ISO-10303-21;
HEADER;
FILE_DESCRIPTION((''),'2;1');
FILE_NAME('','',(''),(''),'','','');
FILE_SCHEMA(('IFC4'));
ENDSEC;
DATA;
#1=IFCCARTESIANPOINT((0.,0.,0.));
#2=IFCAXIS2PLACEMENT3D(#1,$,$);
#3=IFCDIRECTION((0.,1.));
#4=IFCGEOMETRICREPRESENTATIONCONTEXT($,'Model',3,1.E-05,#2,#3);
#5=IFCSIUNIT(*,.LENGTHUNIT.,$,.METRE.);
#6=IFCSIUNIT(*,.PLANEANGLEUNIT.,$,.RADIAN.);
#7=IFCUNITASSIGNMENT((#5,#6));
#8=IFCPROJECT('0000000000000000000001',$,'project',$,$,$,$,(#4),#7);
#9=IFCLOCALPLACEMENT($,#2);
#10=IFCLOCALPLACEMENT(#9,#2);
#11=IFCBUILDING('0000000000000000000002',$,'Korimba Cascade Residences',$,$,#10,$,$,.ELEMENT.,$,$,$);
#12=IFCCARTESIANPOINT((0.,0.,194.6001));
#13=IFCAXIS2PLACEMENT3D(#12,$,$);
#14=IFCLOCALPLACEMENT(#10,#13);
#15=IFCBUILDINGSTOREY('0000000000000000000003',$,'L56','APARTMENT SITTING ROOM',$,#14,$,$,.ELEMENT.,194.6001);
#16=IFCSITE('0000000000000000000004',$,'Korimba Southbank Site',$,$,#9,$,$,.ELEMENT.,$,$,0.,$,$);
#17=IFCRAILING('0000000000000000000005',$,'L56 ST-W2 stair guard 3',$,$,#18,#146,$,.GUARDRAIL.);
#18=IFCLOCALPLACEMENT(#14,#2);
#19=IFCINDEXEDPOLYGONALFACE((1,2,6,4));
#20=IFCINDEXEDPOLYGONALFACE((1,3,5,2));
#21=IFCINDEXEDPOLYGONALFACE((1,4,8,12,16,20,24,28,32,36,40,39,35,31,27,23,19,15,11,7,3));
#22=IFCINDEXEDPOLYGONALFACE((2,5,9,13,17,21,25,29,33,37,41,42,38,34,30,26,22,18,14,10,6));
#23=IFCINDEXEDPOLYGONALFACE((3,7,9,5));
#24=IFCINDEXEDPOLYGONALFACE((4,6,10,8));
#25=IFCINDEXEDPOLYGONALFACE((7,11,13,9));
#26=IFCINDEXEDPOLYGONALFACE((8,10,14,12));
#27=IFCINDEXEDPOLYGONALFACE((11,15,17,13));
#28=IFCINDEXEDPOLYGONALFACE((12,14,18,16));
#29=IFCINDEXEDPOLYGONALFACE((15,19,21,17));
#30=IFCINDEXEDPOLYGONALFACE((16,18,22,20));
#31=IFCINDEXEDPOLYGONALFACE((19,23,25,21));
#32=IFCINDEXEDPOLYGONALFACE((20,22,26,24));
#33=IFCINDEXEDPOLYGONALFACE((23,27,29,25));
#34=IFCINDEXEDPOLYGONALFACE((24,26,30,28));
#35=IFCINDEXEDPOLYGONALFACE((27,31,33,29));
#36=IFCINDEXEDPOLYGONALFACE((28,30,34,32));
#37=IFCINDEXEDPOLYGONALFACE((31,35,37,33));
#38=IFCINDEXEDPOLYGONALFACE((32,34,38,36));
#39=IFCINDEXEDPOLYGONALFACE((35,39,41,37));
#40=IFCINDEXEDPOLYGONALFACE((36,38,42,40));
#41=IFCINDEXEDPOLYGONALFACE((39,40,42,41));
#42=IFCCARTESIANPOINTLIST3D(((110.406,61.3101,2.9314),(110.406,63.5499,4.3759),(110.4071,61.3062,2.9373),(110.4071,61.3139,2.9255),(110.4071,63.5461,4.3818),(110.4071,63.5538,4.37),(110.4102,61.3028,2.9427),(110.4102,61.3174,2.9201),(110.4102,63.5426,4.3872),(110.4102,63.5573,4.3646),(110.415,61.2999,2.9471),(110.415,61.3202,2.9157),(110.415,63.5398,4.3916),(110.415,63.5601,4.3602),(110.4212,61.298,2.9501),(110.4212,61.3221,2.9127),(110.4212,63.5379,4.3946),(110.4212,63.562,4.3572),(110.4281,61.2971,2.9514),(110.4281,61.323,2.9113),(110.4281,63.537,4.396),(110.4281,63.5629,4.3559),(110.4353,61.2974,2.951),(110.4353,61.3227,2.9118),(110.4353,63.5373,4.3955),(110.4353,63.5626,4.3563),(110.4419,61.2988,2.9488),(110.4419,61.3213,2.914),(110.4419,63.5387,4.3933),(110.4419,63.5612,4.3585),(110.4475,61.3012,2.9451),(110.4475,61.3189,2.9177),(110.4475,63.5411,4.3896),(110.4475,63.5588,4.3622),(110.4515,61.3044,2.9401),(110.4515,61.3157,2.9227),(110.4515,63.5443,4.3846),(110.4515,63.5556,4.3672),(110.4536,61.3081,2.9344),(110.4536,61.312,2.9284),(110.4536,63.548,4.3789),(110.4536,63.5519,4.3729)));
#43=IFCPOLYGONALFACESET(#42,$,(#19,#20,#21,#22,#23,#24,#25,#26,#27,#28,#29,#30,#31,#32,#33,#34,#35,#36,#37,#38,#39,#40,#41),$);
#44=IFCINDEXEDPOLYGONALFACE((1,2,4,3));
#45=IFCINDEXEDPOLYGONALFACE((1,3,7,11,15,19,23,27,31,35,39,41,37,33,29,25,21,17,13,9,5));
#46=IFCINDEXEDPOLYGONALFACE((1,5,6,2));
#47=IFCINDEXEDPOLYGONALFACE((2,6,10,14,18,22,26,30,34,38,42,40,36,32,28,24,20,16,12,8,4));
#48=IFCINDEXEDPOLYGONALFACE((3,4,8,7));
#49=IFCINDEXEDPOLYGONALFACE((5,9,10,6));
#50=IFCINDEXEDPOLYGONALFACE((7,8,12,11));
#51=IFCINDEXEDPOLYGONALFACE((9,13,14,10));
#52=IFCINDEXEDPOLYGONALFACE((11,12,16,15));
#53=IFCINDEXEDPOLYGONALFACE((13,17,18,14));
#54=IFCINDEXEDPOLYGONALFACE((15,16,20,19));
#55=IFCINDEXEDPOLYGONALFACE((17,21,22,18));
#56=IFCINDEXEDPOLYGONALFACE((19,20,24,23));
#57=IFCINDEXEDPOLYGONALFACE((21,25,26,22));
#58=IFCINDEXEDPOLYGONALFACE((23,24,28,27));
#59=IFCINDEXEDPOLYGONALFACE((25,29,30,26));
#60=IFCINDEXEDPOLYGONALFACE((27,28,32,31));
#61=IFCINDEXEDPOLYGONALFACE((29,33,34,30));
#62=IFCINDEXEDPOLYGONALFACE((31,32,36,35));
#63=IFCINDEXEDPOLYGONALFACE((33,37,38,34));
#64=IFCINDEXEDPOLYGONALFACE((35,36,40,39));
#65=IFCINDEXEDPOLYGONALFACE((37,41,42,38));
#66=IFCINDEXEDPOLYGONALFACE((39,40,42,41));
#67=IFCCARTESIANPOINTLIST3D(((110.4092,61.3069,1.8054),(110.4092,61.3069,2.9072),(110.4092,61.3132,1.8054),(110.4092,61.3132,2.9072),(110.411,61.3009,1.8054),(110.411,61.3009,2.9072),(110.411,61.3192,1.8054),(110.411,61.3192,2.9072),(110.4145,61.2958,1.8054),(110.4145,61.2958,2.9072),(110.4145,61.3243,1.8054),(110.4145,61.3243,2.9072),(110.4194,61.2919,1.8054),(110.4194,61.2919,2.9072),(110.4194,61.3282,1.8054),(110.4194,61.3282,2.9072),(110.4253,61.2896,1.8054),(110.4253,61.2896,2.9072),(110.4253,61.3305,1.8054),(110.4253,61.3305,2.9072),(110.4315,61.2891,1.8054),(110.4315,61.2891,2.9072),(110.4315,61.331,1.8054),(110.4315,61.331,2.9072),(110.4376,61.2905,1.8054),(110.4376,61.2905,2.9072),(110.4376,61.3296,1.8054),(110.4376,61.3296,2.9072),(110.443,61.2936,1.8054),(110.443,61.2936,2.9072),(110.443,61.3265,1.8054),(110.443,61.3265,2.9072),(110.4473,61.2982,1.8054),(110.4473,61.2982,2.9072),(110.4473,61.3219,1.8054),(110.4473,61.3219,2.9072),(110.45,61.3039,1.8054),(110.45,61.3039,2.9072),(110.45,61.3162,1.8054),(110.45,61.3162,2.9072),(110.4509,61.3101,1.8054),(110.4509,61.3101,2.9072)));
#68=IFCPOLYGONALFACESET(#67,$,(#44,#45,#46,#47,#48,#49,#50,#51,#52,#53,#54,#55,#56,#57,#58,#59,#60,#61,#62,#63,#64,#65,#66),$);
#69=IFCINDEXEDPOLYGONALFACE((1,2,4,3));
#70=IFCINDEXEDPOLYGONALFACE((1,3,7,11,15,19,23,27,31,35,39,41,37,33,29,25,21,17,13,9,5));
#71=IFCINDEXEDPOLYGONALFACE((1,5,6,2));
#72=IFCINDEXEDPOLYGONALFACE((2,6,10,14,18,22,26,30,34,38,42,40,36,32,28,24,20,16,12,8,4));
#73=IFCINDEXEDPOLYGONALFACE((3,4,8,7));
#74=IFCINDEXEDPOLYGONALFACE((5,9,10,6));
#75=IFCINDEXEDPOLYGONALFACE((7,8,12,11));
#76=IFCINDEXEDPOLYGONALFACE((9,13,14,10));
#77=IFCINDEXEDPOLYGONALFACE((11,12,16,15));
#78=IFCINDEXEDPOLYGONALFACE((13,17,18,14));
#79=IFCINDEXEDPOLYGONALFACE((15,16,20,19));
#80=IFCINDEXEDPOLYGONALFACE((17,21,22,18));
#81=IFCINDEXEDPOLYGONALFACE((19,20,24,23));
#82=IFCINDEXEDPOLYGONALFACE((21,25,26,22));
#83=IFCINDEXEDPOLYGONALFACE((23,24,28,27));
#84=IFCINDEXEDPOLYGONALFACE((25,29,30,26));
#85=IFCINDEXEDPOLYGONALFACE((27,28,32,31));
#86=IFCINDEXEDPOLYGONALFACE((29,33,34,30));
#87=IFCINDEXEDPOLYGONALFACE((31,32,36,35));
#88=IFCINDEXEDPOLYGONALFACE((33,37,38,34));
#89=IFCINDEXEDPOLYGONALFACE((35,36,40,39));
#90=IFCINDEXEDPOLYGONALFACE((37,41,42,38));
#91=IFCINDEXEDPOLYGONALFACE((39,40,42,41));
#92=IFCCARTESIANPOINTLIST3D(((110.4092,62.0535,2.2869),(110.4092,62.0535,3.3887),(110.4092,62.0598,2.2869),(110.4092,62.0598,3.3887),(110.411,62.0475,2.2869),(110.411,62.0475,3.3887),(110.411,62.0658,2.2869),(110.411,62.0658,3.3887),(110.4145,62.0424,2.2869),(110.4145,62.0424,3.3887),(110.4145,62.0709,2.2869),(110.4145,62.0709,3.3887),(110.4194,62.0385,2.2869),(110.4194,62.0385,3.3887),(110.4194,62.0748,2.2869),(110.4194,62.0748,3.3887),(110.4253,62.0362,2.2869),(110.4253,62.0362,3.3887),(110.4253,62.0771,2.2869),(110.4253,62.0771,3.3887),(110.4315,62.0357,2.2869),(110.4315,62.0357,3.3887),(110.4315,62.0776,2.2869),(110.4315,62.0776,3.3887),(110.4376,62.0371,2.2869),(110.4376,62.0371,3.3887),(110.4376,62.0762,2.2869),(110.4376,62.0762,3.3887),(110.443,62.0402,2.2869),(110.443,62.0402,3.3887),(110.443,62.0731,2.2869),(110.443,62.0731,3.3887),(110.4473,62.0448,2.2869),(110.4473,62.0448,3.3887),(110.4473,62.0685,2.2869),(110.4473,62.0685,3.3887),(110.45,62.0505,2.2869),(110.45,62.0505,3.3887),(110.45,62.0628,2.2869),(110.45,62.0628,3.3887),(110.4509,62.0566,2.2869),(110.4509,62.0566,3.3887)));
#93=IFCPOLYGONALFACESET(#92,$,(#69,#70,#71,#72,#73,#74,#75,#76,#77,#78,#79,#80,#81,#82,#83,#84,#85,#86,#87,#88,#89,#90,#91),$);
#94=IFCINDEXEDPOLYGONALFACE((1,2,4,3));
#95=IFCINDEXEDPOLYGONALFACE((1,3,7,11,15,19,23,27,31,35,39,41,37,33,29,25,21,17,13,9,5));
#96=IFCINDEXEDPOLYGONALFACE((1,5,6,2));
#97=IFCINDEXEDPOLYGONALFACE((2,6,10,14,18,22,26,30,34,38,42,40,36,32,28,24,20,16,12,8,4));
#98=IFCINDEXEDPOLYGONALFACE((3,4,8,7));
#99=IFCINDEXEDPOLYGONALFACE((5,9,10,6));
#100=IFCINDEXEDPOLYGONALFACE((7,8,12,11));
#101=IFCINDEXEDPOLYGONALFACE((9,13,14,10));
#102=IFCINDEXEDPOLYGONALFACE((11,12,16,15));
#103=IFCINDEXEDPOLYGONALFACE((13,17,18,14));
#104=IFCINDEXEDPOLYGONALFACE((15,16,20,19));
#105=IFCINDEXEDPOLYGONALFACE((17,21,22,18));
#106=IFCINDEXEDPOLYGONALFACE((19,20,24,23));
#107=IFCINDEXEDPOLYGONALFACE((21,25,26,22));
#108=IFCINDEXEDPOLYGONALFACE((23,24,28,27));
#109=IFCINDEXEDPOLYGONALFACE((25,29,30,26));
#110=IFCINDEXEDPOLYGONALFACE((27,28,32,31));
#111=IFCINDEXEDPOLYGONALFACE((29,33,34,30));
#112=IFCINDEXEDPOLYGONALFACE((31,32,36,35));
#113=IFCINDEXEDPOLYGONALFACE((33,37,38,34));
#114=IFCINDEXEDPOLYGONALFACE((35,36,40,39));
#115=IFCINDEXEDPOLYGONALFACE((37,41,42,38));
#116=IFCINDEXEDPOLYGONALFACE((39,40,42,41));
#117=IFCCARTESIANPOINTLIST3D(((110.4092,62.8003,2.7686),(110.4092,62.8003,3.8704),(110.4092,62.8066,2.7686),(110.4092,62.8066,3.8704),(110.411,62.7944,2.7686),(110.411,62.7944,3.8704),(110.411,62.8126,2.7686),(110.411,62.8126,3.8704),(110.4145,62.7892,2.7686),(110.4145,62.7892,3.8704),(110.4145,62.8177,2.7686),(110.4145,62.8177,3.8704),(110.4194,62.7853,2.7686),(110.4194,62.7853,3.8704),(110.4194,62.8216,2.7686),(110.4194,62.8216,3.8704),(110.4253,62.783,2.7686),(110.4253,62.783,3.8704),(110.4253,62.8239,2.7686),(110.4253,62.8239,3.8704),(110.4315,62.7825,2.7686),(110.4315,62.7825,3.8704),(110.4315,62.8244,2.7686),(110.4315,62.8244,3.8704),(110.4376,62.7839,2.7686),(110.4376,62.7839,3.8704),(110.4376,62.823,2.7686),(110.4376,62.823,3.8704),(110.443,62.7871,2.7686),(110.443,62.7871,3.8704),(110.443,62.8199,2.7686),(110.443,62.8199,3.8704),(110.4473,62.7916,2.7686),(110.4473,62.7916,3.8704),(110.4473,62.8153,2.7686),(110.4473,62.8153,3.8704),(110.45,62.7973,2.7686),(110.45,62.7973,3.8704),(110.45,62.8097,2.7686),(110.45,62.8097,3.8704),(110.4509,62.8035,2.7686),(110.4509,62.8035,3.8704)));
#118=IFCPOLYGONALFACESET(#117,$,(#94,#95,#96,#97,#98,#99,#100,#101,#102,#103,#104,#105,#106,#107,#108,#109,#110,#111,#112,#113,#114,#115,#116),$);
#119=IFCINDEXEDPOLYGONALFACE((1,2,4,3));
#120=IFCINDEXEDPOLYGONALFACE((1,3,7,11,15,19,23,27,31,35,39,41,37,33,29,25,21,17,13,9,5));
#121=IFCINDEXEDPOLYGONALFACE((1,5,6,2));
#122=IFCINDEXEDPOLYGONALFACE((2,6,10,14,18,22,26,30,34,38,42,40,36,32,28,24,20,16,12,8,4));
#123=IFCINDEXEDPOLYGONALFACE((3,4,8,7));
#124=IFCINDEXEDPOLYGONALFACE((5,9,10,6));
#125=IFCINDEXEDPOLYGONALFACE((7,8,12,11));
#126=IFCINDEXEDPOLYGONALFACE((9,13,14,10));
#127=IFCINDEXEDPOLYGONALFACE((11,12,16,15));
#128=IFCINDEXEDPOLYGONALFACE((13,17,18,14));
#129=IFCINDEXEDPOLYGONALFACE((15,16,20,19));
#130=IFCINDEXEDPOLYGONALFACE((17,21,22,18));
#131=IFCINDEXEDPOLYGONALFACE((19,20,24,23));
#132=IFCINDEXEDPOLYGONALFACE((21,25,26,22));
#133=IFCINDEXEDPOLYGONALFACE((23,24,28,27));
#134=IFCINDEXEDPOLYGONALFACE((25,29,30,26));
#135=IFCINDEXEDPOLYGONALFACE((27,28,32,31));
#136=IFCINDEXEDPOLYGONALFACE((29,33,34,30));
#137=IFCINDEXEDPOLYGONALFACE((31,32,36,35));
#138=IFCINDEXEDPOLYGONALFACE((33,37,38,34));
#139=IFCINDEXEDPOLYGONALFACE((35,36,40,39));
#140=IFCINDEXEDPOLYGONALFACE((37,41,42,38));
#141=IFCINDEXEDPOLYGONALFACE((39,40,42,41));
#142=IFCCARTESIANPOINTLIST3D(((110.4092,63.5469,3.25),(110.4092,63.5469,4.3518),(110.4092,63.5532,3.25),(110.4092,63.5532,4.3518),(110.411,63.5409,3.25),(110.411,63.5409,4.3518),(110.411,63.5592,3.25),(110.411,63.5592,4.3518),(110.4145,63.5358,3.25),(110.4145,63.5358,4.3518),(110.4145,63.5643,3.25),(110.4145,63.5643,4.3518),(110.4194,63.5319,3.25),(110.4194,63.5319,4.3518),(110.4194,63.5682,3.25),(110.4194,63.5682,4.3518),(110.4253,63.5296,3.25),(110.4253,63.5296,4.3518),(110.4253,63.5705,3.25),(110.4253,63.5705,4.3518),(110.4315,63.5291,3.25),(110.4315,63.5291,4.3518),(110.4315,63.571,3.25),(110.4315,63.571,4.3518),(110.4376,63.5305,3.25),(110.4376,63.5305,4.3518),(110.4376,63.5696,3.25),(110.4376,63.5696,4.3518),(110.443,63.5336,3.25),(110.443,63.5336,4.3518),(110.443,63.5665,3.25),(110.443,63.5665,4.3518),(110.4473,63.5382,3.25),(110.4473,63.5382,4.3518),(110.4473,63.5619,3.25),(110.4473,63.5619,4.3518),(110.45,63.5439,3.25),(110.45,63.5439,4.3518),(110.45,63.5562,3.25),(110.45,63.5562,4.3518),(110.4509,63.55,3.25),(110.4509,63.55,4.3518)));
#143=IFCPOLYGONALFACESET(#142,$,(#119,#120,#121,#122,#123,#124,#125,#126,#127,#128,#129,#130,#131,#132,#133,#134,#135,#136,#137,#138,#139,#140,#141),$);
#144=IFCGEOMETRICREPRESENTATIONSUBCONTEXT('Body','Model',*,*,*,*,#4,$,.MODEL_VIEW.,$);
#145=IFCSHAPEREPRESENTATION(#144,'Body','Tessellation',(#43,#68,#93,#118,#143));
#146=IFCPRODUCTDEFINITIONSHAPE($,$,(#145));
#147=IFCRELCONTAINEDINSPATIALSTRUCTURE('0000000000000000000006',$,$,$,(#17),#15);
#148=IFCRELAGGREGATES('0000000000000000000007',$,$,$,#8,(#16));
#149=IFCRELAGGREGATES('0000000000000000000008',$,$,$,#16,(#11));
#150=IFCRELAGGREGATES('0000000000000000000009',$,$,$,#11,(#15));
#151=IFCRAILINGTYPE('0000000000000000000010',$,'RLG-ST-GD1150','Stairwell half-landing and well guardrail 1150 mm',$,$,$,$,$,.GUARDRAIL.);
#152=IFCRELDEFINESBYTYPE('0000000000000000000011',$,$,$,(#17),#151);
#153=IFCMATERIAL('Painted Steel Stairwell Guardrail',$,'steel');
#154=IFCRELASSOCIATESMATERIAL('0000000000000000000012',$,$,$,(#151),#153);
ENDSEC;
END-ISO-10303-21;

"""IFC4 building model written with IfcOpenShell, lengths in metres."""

from ifc_helpers import new_model, si_unit, direction, frame, origin, origin_2d, place, context, subcontext, project, spatial, circle, extrude, material, type_object, element, save


model = new_model("IFC4")

# Units and contexts
model_context = context("Model", 3, precision=1e-05, world=origin(), true_north=direction((0.0, 1.0)))
body_context = subcontext(model_context, "Body", "Model", "MODEL_VIEW")
ifc_project = project(units=[si_unit("LENGTHUNIT", "METRE"), si_unit("PLANEANGLEUNIT", "RADIAN")], contexts=[model_context])

# Site, building, storey
site_placement = place(None, origin())
site = spatial("IfcSite", under=ifc_project, at=site_placement, Name="Korimba Southbank Site", CompositionType="ELEMENT", RefElevation=0.0)
building_placement = place(site_placement, origin())
building = spatial("IfcBuilding", under=site, at=building_placement, Name="Korimba Cascade Residences", CompositionType="ELEMENT")
storey_placement = place(building_placement, frame((0.0, 0.0, 194.6001)))
storey = spatial("IfcBuildingStorey", under=building, at=storey_placement, Name="L56", Description="APARTMENT SITTING ROOM", CompositionType="ELEMENT", Elevation=194.6001)

# Railing
ifc_material_1 = material(Name="Painted Steel Stairwell Guardrail", Category="steel")
railing_type_1 = type_object("IfcRailingType", Name="RLG-ST-GD1150", Description="Stairwell half-landing and well guardrail 1150 mm", PredefinedType="GUARDRAIL", material=ifc_material_1)
railing_1_placement = place(storey_placement, frame((110.4299, 61.3101, 1.8054)))
element("IfcRailing", 1, at=railing_1_placement, inside=storey, type_object=railing_type_1, Name="L56 ST-W2 stair guard 3", PredefinedType="GUARDRAIL", context=body_context, shape_type="SweptSolid", body=[
    extrude(circle(Radius=0.0239, at=origin_2d()), frame((0.0, 0.0, 1.126), z_axis=(0.0, 0.840395, 0.541975), x_axis=(-1.0, 0.0, 0.0)), (0.0, 0.0, 1.0), 2.6653),
    extrude(circle(Radius=0.021, at=origin_2d()), origin(), (0.0, 0.0, 1.0), 1.1018),
    extrude(circle(Radius=0.021, at=origin_2d()), frame((0.0, 0.7466, 0.4814)), (0.0, 0.0, 1.0), 1.1018),
    extrude(circle(Radius=0.021, at=origin_2d()), frame((0.0, 1.4934, 0.9631)), (0.0, 0.0, 1.0), 1.1018),
    extrude(circle(Radius=0.021, at=origin_2d()), frame((0.0, 2.24, 1.4446)), (0.0, 0.0, 1.0), 1.1018),
])

save(model, "model.ifc")
